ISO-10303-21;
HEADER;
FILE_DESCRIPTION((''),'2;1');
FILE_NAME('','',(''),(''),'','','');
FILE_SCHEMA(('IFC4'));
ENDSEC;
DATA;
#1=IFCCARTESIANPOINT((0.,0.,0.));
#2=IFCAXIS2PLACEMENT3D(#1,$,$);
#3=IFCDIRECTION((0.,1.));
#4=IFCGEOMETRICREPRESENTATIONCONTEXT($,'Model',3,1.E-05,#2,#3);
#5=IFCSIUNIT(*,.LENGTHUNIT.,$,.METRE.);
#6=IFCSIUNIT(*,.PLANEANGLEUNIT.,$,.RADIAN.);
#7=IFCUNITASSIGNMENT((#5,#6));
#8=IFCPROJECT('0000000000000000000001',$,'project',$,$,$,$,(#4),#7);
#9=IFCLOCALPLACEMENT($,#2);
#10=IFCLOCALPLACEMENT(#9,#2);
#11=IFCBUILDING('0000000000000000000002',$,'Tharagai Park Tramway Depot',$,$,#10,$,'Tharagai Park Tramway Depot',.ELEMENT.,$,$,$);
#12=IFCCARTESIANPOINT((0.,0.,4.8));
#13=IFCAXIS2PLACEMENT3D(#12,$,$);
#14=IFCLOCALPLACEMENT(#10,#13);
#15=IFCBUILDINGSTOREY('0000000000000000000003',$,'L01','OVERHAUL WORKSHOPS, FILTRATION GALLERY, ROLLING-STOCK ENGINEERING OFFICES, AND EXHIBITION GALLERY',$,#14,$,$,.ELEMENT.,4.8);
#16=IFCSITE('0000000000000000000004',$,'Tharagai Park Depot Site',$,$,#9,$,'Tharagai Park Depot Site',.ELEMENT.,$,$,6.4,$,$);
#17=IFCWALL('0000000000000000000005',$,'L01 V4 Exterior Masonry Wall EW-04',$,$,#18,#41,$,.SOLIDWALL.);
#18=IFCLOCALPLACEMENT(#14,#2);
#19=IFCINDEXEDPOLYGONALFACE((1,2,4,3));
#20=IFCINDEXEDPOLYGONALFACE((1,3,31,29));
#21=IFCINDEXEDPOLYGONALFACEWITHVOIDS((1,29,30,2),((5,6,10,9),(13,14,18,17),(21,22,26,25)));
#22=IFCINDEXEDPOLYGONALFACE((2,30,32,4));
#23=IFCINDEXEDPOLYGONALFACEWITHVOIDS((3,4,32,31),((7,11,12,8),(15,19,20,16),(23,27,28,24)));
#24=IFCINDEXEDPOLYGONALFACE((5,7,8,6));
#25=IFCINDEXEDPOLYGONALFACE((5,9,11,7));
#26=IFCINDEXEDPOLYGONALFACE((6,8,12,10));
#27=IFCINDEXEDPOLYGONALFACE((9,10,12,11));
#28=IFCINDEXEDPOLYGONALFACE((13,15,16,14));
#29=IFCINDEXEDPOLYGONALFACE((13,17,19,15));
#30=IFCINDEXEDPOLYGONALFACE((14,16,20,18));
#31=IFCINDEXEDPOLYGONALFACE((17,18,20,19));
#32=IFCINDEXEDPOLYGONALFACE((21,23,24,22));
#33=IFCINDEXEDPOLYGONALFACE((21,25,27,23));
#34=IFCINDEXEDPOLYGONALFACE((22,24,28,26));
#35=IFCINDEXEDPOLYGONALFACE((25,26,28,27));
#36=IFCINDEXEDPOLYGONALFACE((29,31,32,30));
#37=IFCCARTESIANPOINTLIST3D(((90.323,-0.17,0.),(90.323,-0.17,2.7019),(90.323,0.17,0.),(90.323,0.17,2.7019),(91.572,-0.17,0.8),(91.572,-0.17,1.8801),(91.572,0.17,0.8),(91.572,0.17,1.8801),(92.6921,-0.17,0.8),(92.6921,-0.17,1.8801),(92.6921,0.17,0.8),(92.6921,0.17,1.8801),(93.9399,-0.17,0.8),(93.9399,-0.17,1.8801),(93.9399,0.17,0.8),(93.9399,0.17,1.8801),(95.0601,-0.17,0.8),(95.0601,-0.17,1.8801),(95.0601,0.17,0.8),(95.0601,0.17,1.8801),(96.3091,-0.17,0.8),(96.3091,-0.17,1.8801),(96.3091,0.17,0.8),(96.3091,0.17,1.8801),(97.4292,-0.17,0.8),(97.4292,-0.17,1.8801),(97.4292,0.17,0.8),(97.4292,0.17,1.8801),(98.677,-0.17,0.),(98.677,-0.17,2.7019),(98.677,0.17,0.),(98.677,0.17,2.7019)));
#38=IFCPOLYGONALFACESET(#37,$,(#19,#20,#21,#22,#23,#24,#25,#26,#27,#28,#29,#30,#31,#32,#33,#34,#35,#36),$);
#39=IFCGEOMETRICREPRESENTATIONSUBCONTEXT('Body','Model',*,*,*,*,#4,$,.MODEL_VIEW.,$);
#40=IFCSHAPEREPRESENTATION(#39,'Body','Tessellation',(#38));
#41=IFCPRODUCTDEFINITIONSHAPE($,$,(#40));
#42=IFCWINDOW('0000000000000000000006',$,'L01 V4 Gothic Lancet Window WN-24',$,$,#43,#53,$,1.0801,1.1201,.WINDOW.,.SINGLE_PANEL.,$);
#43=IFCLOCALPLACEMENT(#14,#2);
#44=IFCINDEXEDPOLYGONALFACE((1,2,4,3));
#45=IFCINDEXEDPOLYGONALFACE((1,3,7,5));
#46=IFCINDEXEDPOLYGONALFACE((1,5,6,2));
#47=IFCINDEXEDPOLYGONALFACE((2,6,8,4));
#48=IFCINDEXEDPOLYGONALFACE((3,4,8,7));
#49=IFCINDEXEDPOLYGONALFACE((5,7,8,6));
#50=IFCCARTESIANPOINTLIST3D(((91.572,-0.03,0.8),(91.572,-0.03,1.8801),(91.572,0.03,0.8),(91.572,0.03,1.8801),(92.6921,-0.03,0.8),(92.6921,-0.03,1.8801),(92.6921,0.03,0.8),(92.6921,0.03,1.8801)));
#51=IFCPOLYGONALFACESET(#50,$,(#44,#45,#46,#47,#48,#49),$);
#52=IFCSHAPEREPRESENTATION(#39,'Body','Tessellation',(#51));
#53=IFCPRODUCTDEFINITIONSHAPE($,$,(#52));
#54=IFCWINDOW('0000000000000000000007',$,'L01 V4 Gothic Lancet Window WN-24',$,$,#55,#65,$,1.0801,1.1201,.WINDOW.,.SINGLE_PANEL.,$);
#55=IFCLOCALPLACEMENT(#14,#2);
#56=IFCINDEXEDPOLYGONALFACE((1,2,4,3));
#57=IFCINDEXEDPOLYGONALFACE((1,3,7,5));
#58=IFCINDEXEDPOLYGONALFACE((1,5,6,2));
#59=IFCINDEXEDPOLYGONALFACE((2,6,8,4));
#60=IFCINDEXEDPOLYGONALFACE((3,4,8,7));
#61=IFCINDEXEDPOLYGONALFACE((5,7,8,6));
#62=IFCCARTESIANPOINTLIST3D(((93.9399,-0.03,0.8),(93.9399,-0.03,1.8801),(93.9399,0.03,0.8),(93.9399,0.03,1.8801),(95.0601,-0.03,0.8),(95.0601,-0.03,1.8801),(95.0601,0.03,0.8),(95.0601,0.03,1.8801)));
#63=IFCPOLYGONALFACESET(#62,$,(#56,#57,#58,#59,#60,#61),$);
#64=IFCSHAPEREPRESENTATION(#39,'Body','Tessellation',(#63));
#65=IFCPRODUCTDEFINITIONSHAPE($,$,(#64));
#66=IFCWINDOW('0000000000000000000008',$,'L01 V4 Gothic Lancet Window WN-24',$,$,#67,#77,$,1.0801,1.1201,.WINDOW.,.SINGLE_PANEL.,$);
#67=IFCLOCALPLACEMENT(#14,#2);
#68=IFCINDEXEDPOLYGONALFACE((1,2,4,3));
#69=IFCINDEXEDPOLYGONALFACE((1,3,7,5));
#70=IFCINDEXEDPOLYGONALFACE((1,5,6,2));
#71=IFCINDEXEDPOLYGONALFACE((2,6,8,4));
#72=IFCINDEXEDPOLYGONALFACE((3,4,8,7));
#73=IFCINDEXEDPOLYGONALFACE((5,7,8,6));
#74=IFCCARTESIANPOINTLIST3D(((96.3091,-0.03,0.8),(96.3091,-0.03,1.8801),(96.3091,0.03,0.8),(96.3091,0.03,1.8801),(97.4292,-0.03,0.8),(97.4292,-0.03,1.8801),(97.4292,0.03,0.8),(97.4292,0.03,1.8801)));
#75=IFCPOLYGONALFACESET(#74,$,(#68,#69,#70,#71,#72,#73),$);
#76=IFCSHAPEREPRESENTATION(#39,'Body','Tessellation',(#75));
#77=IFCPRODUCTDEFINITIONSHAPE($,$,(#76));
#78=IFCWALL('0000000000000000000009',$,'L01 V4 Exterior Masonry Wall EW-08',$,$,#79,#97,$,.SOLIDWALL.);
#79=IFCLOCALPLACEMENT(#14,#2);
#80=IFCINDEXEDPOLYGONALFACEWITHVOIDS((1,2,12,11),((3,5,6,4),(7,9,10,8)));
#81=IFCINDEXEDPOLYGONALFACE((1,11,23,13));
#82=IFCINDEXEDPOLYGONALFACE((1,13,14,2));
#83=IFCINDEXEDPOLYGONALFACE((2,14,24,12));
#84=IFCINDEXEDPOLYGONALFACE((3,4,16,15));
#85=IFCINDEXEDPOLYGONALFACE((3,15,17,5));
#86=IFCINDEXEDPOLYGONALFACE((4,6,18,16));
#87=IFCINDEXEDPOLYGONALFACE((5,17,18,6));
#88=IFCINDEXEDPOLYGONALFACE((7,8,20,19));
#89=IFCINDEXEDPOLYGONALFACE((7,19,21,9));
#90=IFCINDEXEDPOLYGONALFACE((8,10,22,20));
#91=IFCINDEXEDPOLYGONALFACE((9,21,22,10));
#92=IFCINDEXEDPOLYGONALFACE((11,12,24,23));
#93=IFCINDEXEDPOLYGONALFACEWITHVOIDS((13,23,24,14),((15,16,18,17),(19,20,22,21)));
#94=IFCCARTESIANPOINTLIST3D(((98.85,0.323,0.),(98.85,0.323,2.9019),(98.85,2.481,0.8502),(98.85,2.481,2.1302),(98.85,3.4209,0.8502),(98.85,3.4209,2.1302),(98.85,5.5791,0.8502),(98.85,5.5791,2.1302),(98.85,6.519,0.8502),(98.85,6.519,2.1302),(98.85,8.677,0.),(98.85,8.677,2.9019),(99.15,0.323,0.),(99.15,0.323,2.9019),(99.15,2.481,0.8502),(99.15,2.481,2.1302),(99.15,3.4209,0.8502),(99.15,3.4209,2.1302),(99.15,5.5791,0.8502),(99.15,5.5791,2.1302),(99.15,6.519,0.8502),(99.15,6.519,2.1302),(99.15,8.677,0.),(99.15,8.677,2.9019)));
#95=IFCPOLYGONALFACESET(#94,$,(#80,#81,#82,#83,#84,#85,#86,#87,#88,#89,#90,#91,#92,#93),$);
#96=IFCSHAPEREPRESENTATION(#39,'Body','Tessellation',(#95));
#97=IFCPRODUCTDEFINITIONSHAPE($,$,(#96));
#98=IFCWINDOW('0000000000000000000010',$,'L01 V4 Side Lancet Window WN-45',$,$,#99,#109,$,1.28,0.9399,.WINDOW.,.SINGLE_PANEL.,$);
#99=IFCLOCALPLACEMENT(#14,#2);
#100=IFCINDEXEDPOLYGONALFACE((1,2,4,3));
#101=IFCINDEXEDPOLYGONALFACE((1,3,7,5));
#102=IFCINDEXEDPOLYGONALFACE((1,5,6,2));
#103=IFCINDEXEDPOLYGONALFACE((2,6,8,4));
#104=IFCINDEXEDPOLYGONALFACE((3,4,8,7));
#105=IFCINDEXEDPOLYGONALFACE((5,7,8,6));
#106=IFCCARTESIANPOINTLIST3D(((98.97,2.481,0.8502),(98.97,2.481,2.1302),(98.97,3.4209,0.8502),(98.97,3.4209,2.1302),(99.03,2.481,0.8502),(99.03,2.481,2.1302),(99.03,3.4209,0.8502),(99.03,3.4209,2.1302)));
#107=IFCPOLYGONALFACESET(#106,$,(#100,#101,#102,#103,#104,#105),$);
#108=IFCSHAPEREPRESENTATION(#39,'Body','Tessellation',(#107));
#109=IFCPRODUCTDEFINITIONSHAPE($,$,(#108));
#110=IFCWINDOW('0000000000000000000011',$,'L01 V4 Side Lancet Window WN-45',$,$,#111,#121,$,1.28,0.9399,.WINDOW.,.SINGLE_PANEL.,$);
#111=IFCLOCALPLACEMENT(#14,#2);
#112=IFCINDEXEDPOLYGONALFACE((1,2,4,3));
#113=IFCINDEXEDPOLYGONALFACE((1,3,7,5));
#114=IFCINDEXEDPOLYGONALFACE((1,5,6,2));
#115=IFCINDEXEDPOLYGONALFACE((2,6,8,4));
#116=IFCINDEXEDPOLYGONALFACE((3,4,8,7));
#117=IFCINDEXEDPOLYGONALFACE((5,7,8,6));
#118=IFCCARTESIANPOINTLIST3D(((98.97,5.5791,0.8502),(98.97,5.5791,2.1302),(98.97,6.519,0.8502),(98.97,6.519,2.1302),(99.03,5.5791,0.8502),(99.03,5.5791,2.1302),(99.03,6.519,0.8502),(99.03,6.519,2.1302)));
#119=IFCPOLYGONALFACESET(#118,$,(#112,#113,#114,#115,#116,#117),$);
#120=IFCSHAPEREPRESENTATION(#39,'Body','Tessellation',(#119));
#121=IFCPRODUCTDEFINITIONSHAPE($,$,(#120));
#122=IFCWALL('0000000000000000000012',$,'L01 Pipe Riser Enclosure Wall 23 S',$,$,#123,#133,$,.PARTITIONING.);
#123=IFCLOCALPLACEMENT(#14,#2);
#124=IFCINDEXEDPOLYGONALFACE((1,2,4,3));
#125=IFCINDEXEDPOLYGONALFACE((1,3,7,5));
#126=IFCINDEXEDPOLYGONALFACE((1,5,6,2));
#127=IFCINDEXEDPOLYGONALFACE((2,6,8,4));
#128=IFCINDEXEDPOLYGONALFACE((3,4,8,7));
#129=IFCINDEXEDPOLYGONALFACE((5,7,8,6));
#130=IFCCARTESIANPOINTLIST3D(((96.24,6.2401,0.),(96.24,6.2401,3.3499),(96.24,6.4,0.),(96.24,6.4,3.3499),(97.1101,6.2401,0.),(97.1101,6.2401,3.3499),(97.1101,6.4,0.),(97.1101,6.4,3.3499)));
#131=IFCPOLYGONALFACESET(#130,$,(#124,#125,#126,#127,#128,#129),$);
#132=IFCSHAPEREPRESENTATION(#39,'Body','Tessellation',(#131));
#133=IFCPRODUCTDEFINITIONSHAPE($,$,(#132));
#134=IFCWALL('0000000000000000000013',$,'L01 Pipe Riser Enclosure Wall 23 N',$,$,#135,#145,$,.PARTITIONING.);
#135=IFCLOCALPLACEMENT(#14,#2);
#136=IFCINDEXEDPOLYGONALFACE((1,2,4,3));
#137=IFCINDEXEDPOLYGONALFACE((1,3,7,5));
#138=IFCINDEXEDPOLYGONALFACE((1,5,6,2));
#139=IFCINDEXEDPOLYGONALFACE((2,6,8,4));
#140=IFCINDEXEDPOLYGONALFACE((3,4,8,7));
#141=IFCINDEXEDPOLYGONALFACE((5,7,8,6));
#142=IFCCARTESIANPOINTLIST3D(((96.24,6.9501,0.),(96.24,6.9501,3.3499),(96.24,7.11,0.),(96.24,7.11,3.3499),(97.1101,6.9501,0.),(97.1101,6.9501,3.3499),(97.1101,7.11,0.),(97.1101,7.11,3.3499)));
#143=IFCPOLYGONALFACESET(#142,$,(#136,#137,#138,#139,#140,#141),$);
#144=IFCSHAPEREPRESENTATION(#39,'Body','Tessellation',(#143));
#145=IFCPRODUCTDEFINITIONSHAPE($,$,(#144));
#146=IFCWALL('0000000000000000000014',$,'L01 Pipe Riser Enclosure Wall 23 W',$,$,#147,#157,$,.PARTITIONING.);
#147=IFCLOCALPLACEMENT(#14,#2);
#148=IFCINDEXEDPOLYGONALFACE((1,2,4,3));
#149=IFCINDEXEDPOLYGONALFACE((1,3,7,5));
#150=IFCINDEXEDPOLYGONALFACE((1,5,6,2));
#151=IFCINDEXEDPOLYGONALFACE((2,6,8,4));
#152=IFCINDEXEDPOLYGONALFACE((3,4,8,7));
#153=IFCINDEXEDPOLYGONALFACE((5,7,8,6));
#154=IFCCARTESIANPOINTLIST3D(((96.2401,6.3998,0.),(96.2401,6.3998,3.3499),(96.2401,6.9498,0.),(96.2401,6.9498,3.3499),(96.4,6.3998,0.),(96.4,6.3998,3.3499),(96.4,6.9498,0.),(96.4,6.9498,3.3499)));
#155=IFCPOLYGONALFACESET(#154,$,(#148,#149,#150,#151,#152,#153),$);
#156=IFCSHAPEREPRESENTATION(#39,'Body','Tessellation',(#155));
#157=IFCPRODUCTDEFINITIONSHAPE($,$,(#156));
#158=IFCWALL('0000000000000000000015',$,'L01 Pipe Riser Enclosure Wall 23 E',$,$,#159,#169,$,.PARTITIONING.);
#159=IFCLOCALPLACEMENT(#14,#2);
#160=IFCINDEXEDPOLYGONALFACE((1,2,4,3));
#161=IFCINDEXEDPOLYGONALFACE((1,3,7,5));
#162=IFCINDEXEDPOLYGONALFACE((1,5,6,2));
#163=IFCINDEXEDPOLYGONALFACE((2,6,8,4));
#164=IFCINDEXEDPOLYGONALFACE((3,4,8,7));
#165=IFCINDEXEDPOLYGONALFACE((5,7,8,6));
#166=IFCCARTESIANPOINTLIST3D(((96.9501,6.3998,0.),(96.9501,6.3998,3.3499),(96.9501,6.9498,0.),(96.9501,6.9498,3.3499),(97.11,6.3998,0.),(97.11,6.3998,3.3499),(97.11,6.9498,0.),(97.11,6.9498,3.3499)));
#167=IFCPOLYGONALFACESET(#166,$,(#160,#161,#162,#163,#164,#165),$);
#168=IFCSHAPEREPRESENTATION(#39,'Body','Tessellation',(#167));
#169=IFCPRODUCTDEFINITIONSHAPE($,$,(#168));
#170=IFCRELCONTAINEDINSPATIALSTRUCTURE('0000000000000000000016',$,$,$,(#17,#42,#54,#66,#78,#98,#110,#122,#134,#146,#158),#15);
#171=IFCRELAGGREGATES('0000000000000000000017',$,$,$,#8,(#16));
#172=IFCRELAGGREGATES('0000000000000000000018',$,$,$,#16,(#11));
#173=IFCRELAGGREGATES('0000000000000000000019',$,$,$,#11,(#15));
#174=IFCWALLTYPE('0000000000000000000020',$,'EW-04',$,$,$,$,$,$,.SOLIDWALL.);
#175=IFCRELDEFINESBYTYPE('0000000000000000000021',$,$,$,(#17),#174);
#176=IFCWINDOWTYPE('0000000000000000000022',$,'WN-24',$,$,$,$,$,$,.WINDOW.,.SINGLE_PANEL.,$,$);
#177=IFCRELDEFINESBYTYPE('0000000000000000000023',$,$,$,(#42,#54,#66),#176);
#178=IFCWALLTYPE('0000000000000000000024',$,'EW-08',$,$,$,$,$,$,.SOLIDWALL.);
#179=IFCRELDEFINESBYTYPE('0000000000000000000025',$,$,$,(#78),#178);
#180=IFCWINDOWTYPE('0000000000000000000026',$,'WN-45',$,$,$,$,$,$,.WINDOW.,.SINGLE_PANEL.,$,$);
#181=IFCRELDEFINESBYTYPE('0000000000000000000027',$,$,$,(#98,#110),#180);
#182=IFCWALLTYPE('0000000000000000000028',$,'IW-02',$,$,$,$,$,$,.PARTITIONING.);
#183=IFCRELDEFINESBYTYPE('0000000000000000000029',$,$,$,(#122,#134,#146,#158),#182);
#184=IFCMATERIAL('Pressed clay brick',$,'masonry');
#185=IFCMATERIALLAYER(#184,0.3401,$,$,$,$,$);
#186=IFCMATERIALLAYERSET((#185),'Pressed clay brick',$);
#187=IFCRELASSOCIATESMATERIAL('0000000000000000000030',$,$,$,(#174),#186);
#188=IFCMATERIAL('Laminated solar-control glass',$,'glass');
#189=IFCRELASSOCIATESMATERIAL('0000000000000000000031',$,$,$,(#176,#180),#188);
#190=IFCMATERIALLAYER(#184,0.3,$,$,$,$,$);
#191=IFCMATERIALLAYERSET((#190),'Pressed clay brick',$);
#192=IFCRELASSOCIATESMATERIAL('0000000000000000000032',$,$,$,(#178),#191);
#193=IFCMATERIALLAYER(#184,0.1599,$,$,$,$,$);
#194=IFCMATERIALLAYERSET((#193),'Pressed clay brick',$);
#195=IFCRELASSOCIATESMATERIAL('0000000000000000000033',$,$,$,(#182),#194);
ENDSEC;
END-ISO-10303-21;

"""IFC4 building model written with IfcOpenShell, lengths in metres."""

from ifc_helpers import new_model, si_unit, direction, frame, frame_2d, origin, place, context, subcontext, project, spatial, rectangle, extrude, material, layer, layer_set, type_object, element, fill, save


model = new_model("IFC4")

# Units and contexts
model_context = context("Model", 3, precision=1e-05, world=origin(), true_north=direction((0.0, 1.0)))
body_context = subcontext(model_context, "Body", "Model", "MODEL_VIEW")
ifc_project = project(units=[si_unit("LENGTHUNIT", "METRE"), si_unit("PLANEANGLEUNIT", "RADIAN")], contexts=[model_context])

# Site, building, storey
site_placement = place(None, origin())
site = spatial("IfcSite", under=ifc_project, at=site_placement, Name="Tharagai Park Depot Site", LongName="Tharagai Park Depot Site", CompositionType="ELEMENT", RefElevation=6.4)
building_placement = place(site_placement, origin())
building = spatial("IfcBuilding", under=site, at=building_placement, Name="Tharagai Park Tramway Depot", LongName="Tharagai Park Tramway Depot", CompositionType="ELEMENT")
storey_placement = place(building_placement, frame((0.0, 0.0, 4.8)))
storey = spatial("IfcBuildingStorey", under=building, at=storey_placement, Name="L01", Description="OVERHAUL WORKSHOPS, FILTRATION GALLERY, ROLLING-STOCK ENGINEERING OFFICES, AND EXHIBITION GALLERY", CompositionType="ELEMENT", Elevation=4.8)

# Walls, openings, windows
ifc_material_1 = material(Name="Pressed clay brick", Category="masonry")
ifc_layer_1 = layer(ifc_material_1, 0.3401)
ifc_layer_set_1 = layer_set([ifc_layer_1], Name="Pressed clay brick")
wall_type_1 = type_object("IfcWallType", Name="EW-04", PredefinedType="SOLIDWALL", material=ifc_layer_set_1)
wall_1_placement = place(storey_placement, frame((90.323, 0.0, 0.0), z_axis=(0.0, 0.0, 1.0), x_axis=(1.0, 0.0, 0.0)))
wall_1 = element("IfcWall", 1, at=wall_1_placement, inside=storey, type_object=wall_type_1, Name="L01 V4 Exterior Masonry Wall EW-04", PredefinedType="SOLIDWALL", context=body_context, shape_type="SweptSolid", body=[
    extrude(rectangle(XDim=8.354, YDim=0.3401, at=frame_2d((4.177, 0.0))), origin(), (0.0, 0.0, 1.0), 2.7019),
])
opening_1_placement = place(wall_1_placement, frame((1.249, 0.0, 0.8)))
opening_1 = element("IfcOpeningElement", 2, at=opening_1_placement, cuts=wall_1, PredefinedType="OPENING", context=body_context, shape_type="SweptSolid", body=[
    extrude(rectangle(XDim=1.1201, YDim=1.0801, at=frame_2d((0.5601, 0.54))), frame((0.0, 0.1799, 0.0), z_axis=(0.0, -1.0, 0.0), x_axis=(1.0, 0.0, 0.0)), (0.0, 0.0, 1.0), 0.3601),
])
opening_2_placement = place(wall_1_placement, frame((3.6169, 0.0, 0.8)))
opening_2 = element("IfcOpeningElement", 3, at=opening_2_placement, cuts=wall_1, PredefinedType="OPENING", context=body_context, shape_type="SweptSolid", body=[
    extrude(rectangle(XDim=1.1201, YDim=1.0801, at=frame_2d((0.5601, 0.54))), frame((0.0, 0.1799, 0.0), z_axis=(0.0, -1.0, 0.0), x_axis=(1.0, 0.0, 0.0)), (0.0, 0.0, 1.0), 0.3601),
])
opening_3_placement = place(wall_1_placement, frame((5.9861, 0.0, 0.8)))
opening_3 = element("IfcOpeningElement", 4, at=opening_3_placement, cuts=wall_1, PredefinedType="OPENING", context=body_context, shape_type="SweptSolid", body=[
    extrude(rectangle(XDim=1.1201, YDim=1.0801, at=frame_2d((0.5601, 0.54))), frame((0.0, 0.1799, 0.0), z_axis=(0.0, -1.0, 0.0), x_axis=(1.0, 0.0, 0.0)), (0.0, 0.0, 1.0), 0.3601),
])
ifc_material_2 = material(Name="Laminated solar-control glass", Category="glass")
window_type_1 = type_object("IfcWindowType", Name="WN-24", PartitioningType="SINGLE_PANEL", PredefinedType="WINDOW", material=ifc_material_2)
window_1_placement = place(opening_1_placement, origin())
window_1 = element("IfcWindow", 5, at=window_1_placement, inside=storey, type_object=window_type_1, Name="L01 V4 Gothic Lancet Window WN-24", OverallHeight=1.0801, OverallWidth=1.1201, PartitioningType="SINGLE_PANEL", PredefinedType="WINDOW", context=body_context, shape_type="SweptSolid", body=[
    extrude(rectangle(XDim=1.1201, YDim=1.0801, at=frame_2d((0.5601, 0.54))), frame((0.0, 0.03, 0.0), z_axis=(0.0, -1.0, 0.0), x_axis=(1.0, 0.0, 0.0)), (0.0, 0.0, 1.0), 0.0601),
])
fill(opening_1, window_1)
window_2_placement = place(opening_2_placement, origin())
window_2 = element("IfcWindow", 6, at=window_2_placement, inside=storey, type_object=window_type_1, Name="L01 V4 Gothic Lancet Window WN-24", OverallHeight=1.0801, OverallWidth=1.1201, PartitioningType="SINGLE_PANEL", PredefinedType="WINDOW", context=body_context, shape_type="SweptSolid", body=[
    extrude(rectangle(XDim=1.1201, YDim=1.0801, at=frame_2d((0.5601, 0.54))), frame((0.0, 0.03, 0.0), z_axis=(0.0, -1.0, 0.0), x_axis=(1.0, 0.0, 0.0)), (0.0, 0.0, 1.0), 0.0601),
])
fill(opening_2, window_2)
window_3_placement = place(opening_3_placement, origin())
window_3 = element("IfcWindow", 7, at=window_3_placement, inside=storey, type_object=window_type_1, Name="L01 V4 Gothic Lancet Window WN-24", OverallHeight=1.0801, OverallWidth=1.1201, PartitioningType="SINGLE_PANEL", PredefinedType="WINDOW", context=body_context, shape_type="SweptSolid", body=[
    extrude(rectangle(XDim=1.1201, YDim=1.0801, at=frame_2d((0.5601, 0.54))), frame((0.0, 0.03, 0.0), z_axis=(0.0, -1.0, 0.0), x_axis=(1.0, 0.0, 0.0)), (0.0, 0.0, 1.0), 0.0601),
])
fill(opening_3, window_3)
ifc_layer_2 = layer(ifc_material_1, 0.3)
ifc_layer_set_2 = layer_set([ifc_layer_2], Name="Pressed clay brick")
wall_type_2 = type_object("IfcWallType", Name="EW-08", PredefinedType="SOLIDWALL", material=ifc_layer_set_2)
wall_2_placement = place(storey_placement, frame((99.0, 0.323, 0.0), z_axis=(0.0, 0.0, 1.0), x_axis=(0.0, 1.0, 0.0)))
wall_2 = element("IfcWall", 8, at=wall_2_placement, inside=storey, type_object=wall_type_2, Name="L01 V4 Exterior Masonry Wall EW-08", PredefinedType="SOLIDWALL", context=body_context, shape_type="SweptSolid", body=[
    extrude(rectangle(XDim=8.354, YDim=0.3, at=frame_2d((4.177, 0.0))), origin(), (0.0, 0.0, 1.0), 2.9019),
])
opening_4_placement = place(wall_2_placement, frame((2.158, 0.0, 0.8501)))
opening_4 = element("IfcOpeningElement", 9, at=opening_4_placement, cuts=wall_2, PredefinedType="OPENING", context=body_context, shape_type="SweptSolid", body=[
    extrude(rectangle(XDim=0.9399, YDim=1.28, at=frame_2d((0.47, 0.6401))), frame((0.0, 0.1599, 0.0), z_axis=(0.0, -1.0, 0.0), x_axis=(1.0, 0.0, 0.0)), (0.0, 0.0, 1.0), 0.3201),
])
opening_5_placement = place(wall_2_placement, frame((5.2561, 0.0, 0.8501)))
opening_5 = element("IfcOpeningElement", 10, at=opening_5_placement, cuts=wall_2, PredefinedType="OPENING", context=body_context, shape_type="SweptSolid", body=[
    extrude(rectangle(XDim=0.9399, YDim=1.28, at=frame_2d((0.47, 0.6401))), frame((0.0, 0.1599, 0.0), z_axis=(0.0, -1.0, 0.0), x_axis=(1.0, 0.0, 0.0)), (0.0, 0.0, 1.0), 0.3201),
])
window_type_2 = type_object("IfcWindowType", Name="WN-45", PartitioningType="SINGLE_PANEL", PredefinedType="WINDOW", material=ifc_material_2)
window_4_placement = place(opening_4_placement, origin())
window_4 = element("IfcWindow", 11, at=window_4_placement, inside=storey, type_object=window_type_2, Name="L01 V4 Side Lancet Window WN-45", OverallHeight=1.28, OverallWidth=0.9399, PartitioningType="SINGLE_PANEL", PredefinedType="WINDOW", context=body_context, shape_type="SweptSolid", body=[
    extrude(rectangle(XDim=0.9399, YDim=1.28, at=frame_2d((0.47, 0.6401))), frame((0.0, 0.03, 0.0), z_axis=(0.0, -1.0, 0.0), x_axis=(1.0, 0.0, 0.0)), (0.0, 0.0, 1.0), 0.0601),
])
fill(opening_4, window_4)
window_5_placement = place(opening_5_placement, origin())
window_5 = element("IfcWindow", 12, at=window_5_placement, inside=storey, type_object=window_type_2, Name="L01 V4 Side Lancet Window WN-45", OverallHeight=1.28, OverallWidth=0.9399, PartitioningType="SINGLE_PANEL", PredefinedType="WINDOW", context=body_context, shape_type="SweptSolid", body=[
    extrude(rectangle(XDim=0.9399, YDim=1.28, at=frame_2d((0.47, 0.6401))), frame((0.0, 0.03, 0.0), z_axis=(0.0, -1.0, 0.0), x_axis=(1.0, 0.0, 0.0)), (0.0, 0.0, 1.0), 0.0601),
])
fill(opening_5, window_5)

# Walls
ifc_layer_3 = layer(ifc_material_1, 0.1599)
ifc_layer_set_3 = layer_set([ifc_layer_3], Name="Pressed clay brick")
wall_type_3 = type_object("IfcWallType", Name="IW-02", PredefinedType="PARTITIONING", material=ifc_layer_set_3)
for number, where, z_axis, x_axis, name in (
    (13, (96.24, 6.3201, 0.0), (0.0, 0.0, 1.0), (1.0, 0.0, 0.0), "L01 Pipe Riser Enclosure Wall 23 S"),
    (14, (96.24, 7.03, 0.0), (0.0, 0.0, 1.0), (1.0, 0.0, 0.0), "L01 Pipe Riser Enclosure Wall 23 N"),
):
    element("IfcWall", number, at=place(storey_placement, frame(where, z_axis=z_axis, x_axis=x_axis)), inside=storey, type_object=wall_type_3, Name=name, PredefinedType="PARTITIONING", context=body_context, shape_type="SweptSolid", body=[
        extrude(rectangle(XDim=0.8701, YDim=0.1599, at=frame_2d((0.4351, 0.0))), origin(), (0.0, 0.0, 1.0), 3.3499),
    ])
for number, where, z_axis, x_axis, name in (
    (15, (96.3201, 6.3999, 0.0), (0.0, 0.0, 1.0), (0.0, 1.0, 0.0), "L01 Pipe Riser Enclosure Wall 23 W"),
    (16, (97.03, 6.3999, 0.0), (0.0, 0.0, 1.0), (0.0, 1.0, 0.0), "L01 Pipe Riser Enclosure Wall 23 E"),
):
    element("IfcWall", number, at=place(storey_placement, frame(where, z_axis=z_axis, x_axis=x_axis)), inside=storey, type_object=wall_type_3, Name=name, PredefinedType="PARTITIONING", context=body_context, shape_type="SweptSolid", body=[
        extrude(rectangle(XDim=0.55, YDim=0.1599, at=frame_2d((0.2749, 0.0))), origin(), (0.0, 0.0, 1.0), 3.3499),
    ])

save(model, "model.ifc")
